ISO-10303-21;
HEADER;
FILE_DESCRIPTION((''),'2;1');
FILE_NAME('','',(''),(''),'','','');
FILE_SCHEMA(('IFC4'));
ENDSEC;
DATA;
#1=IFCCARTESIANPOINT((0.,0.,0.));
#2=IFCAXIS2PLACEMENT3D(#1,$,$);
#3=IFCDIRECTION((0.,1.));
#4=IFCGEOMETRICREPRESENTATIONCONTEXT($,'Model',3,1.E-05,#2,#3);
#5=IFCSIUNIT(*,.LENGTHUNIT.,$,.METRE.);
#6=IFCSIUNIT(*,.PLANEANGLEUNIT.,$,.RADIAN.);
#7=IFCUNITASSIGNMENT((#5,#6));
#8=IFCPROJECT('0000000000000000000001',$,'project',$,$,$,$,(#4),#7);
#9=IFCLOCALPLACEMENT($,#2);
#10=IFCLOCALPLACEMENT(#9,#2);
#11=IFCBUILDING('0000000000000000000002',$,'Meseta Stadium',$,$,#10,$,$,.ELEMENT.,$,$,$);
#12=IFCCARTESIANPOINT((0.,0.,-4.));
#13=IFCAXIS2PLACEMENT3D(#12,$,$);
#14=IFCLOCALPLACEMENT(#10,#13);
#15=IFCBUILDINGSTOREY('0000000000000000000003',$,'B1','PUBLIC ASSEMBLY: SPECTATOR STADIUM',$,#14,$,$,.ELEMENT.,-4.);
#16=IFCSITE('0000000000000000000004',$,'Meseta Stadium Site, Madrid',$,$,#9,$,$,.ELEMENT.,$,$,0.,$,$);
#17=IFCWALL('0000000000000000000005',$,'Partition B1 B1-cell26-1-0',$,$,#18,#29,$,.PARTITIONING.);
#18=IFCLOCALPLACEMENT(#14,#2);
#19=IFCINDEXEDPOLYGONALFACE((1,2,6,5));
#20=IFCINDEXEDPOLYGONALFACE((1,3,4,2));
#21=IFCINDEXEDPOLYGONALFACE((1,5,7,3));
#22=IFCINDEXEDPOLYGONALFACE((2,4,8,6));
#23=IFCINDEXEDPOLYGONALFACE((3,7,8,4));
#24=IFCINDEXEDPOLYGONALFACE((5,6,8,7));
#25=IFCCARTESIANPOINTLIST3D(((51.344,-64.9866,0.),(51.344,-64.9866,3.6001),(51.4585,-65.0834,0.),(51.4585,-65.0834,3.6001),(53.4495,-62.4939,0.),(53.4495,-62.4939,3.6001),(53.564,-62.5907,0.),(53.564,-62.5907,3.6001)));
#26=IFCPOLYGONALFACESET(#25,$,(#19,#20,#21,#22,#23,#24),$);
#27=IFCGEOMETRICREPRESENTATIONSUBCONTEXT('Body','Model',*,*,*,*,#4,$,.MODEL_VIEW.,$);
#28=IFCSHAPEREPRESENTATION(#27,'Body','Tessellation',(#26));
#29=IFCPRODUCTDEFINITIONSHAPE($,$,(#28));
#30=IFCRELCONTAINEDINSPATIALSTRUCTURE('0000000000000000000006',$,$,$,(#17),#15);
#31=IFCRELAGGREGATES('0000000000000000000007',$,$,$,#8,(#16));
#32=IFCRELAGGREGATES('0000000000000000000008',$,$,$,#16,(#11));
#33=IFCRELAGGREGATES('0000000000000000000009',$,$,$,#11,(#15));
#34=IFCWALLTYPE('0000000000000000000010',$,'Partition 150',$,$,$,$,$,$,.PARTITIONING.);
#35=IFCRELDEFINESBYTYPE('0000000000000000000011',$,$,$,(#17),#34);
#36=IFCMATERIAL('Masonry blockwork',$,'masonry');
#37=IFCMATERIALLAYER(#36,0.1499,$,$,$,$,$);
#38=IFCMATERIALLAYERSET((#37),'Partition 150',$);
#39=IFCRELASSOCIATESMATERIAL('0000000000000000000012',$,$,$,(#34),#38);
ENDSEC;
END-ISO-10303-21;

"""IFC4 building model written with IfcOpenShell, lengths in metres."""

from ifc_helpers import new_model, si_unit, direction, frame, frame_2d, origin, place, context, subcontext, project, spatial, rectangle, extrude, material, layer, layer_set, type_object, element, save


model = new_model("IFC4")

# Units and contexts
model_context = context("Model", 3, precision=1e-05, world=origin(), true_north=direction((0.0, 1.0)))
body_context = subcontext(model_context, "Body", "Model", "MODEL_VIEW")
ifc_project = project(units=[si_unit("LENGTHUNIT", "METRE"), si_unit("PLANEANGLEUNIT", "RADIAN")], contexts=[model_context])

# Site, building, storey
site_placement = place(None, origin())
site = spatial("IfcSite", under=ifc_project, at=site_placement, Name="Meseta Stadium Site, Madrid", CompositionType="ELEMENT", RefElevation=0.0)
building_placement = place(site_placement, origin())
building = spatial("IfcBuilding", under=site, at=building_placement, Name="Meseta Stadium", CompositionType="ELEMENT")
storey_placement = place(building_placement, frame((0.0, 0.0, -4.0)))
storey = spatial("IfcBuildingStorey", under=building, at=storey_placement, Name="B1", Description="PUBLIC ASSEMBLY: SPECTATOR STADIUM", CompositionType="ELEMENT", Elevation=-4.0)

# Wall
ifc_material_1 = material(Name="Masonry blockwork", Category="masonry")
ifc_layer = layer(ifc_material_1, 0.1499)
ifc_layer_set = layer_set([ifc_layer], Name="Partition 150")
wall_type = type_object("IfcWallType", Name="Partition 150", PredefinedType="PARTITIONING", material=ifc_layer_set)
wall_1_placement = place(storey_placement, frame((51.4014, -65.0349, 0.0), z_axis=(0.0, 0.0, 1.0), x_axis=(0.645278, 0.763948, 0.0)))
element("IfcWall", 1, at=wall_1_placement, inside=storey, type_object=wall_type, Name="Partition B1 B1-cell26-1-0", PredefinedType="PARTITIONING", context=body_context, shape_type="SweptSolid", body=[
    extrude(rectangle(XDim=3.2629, YDim=0.1499, at=frame_2d((1.6313, 0.0))), origin(), (0.0, 0.0, 1.0), 3.6001),
])

save(model, "model.ifc")
